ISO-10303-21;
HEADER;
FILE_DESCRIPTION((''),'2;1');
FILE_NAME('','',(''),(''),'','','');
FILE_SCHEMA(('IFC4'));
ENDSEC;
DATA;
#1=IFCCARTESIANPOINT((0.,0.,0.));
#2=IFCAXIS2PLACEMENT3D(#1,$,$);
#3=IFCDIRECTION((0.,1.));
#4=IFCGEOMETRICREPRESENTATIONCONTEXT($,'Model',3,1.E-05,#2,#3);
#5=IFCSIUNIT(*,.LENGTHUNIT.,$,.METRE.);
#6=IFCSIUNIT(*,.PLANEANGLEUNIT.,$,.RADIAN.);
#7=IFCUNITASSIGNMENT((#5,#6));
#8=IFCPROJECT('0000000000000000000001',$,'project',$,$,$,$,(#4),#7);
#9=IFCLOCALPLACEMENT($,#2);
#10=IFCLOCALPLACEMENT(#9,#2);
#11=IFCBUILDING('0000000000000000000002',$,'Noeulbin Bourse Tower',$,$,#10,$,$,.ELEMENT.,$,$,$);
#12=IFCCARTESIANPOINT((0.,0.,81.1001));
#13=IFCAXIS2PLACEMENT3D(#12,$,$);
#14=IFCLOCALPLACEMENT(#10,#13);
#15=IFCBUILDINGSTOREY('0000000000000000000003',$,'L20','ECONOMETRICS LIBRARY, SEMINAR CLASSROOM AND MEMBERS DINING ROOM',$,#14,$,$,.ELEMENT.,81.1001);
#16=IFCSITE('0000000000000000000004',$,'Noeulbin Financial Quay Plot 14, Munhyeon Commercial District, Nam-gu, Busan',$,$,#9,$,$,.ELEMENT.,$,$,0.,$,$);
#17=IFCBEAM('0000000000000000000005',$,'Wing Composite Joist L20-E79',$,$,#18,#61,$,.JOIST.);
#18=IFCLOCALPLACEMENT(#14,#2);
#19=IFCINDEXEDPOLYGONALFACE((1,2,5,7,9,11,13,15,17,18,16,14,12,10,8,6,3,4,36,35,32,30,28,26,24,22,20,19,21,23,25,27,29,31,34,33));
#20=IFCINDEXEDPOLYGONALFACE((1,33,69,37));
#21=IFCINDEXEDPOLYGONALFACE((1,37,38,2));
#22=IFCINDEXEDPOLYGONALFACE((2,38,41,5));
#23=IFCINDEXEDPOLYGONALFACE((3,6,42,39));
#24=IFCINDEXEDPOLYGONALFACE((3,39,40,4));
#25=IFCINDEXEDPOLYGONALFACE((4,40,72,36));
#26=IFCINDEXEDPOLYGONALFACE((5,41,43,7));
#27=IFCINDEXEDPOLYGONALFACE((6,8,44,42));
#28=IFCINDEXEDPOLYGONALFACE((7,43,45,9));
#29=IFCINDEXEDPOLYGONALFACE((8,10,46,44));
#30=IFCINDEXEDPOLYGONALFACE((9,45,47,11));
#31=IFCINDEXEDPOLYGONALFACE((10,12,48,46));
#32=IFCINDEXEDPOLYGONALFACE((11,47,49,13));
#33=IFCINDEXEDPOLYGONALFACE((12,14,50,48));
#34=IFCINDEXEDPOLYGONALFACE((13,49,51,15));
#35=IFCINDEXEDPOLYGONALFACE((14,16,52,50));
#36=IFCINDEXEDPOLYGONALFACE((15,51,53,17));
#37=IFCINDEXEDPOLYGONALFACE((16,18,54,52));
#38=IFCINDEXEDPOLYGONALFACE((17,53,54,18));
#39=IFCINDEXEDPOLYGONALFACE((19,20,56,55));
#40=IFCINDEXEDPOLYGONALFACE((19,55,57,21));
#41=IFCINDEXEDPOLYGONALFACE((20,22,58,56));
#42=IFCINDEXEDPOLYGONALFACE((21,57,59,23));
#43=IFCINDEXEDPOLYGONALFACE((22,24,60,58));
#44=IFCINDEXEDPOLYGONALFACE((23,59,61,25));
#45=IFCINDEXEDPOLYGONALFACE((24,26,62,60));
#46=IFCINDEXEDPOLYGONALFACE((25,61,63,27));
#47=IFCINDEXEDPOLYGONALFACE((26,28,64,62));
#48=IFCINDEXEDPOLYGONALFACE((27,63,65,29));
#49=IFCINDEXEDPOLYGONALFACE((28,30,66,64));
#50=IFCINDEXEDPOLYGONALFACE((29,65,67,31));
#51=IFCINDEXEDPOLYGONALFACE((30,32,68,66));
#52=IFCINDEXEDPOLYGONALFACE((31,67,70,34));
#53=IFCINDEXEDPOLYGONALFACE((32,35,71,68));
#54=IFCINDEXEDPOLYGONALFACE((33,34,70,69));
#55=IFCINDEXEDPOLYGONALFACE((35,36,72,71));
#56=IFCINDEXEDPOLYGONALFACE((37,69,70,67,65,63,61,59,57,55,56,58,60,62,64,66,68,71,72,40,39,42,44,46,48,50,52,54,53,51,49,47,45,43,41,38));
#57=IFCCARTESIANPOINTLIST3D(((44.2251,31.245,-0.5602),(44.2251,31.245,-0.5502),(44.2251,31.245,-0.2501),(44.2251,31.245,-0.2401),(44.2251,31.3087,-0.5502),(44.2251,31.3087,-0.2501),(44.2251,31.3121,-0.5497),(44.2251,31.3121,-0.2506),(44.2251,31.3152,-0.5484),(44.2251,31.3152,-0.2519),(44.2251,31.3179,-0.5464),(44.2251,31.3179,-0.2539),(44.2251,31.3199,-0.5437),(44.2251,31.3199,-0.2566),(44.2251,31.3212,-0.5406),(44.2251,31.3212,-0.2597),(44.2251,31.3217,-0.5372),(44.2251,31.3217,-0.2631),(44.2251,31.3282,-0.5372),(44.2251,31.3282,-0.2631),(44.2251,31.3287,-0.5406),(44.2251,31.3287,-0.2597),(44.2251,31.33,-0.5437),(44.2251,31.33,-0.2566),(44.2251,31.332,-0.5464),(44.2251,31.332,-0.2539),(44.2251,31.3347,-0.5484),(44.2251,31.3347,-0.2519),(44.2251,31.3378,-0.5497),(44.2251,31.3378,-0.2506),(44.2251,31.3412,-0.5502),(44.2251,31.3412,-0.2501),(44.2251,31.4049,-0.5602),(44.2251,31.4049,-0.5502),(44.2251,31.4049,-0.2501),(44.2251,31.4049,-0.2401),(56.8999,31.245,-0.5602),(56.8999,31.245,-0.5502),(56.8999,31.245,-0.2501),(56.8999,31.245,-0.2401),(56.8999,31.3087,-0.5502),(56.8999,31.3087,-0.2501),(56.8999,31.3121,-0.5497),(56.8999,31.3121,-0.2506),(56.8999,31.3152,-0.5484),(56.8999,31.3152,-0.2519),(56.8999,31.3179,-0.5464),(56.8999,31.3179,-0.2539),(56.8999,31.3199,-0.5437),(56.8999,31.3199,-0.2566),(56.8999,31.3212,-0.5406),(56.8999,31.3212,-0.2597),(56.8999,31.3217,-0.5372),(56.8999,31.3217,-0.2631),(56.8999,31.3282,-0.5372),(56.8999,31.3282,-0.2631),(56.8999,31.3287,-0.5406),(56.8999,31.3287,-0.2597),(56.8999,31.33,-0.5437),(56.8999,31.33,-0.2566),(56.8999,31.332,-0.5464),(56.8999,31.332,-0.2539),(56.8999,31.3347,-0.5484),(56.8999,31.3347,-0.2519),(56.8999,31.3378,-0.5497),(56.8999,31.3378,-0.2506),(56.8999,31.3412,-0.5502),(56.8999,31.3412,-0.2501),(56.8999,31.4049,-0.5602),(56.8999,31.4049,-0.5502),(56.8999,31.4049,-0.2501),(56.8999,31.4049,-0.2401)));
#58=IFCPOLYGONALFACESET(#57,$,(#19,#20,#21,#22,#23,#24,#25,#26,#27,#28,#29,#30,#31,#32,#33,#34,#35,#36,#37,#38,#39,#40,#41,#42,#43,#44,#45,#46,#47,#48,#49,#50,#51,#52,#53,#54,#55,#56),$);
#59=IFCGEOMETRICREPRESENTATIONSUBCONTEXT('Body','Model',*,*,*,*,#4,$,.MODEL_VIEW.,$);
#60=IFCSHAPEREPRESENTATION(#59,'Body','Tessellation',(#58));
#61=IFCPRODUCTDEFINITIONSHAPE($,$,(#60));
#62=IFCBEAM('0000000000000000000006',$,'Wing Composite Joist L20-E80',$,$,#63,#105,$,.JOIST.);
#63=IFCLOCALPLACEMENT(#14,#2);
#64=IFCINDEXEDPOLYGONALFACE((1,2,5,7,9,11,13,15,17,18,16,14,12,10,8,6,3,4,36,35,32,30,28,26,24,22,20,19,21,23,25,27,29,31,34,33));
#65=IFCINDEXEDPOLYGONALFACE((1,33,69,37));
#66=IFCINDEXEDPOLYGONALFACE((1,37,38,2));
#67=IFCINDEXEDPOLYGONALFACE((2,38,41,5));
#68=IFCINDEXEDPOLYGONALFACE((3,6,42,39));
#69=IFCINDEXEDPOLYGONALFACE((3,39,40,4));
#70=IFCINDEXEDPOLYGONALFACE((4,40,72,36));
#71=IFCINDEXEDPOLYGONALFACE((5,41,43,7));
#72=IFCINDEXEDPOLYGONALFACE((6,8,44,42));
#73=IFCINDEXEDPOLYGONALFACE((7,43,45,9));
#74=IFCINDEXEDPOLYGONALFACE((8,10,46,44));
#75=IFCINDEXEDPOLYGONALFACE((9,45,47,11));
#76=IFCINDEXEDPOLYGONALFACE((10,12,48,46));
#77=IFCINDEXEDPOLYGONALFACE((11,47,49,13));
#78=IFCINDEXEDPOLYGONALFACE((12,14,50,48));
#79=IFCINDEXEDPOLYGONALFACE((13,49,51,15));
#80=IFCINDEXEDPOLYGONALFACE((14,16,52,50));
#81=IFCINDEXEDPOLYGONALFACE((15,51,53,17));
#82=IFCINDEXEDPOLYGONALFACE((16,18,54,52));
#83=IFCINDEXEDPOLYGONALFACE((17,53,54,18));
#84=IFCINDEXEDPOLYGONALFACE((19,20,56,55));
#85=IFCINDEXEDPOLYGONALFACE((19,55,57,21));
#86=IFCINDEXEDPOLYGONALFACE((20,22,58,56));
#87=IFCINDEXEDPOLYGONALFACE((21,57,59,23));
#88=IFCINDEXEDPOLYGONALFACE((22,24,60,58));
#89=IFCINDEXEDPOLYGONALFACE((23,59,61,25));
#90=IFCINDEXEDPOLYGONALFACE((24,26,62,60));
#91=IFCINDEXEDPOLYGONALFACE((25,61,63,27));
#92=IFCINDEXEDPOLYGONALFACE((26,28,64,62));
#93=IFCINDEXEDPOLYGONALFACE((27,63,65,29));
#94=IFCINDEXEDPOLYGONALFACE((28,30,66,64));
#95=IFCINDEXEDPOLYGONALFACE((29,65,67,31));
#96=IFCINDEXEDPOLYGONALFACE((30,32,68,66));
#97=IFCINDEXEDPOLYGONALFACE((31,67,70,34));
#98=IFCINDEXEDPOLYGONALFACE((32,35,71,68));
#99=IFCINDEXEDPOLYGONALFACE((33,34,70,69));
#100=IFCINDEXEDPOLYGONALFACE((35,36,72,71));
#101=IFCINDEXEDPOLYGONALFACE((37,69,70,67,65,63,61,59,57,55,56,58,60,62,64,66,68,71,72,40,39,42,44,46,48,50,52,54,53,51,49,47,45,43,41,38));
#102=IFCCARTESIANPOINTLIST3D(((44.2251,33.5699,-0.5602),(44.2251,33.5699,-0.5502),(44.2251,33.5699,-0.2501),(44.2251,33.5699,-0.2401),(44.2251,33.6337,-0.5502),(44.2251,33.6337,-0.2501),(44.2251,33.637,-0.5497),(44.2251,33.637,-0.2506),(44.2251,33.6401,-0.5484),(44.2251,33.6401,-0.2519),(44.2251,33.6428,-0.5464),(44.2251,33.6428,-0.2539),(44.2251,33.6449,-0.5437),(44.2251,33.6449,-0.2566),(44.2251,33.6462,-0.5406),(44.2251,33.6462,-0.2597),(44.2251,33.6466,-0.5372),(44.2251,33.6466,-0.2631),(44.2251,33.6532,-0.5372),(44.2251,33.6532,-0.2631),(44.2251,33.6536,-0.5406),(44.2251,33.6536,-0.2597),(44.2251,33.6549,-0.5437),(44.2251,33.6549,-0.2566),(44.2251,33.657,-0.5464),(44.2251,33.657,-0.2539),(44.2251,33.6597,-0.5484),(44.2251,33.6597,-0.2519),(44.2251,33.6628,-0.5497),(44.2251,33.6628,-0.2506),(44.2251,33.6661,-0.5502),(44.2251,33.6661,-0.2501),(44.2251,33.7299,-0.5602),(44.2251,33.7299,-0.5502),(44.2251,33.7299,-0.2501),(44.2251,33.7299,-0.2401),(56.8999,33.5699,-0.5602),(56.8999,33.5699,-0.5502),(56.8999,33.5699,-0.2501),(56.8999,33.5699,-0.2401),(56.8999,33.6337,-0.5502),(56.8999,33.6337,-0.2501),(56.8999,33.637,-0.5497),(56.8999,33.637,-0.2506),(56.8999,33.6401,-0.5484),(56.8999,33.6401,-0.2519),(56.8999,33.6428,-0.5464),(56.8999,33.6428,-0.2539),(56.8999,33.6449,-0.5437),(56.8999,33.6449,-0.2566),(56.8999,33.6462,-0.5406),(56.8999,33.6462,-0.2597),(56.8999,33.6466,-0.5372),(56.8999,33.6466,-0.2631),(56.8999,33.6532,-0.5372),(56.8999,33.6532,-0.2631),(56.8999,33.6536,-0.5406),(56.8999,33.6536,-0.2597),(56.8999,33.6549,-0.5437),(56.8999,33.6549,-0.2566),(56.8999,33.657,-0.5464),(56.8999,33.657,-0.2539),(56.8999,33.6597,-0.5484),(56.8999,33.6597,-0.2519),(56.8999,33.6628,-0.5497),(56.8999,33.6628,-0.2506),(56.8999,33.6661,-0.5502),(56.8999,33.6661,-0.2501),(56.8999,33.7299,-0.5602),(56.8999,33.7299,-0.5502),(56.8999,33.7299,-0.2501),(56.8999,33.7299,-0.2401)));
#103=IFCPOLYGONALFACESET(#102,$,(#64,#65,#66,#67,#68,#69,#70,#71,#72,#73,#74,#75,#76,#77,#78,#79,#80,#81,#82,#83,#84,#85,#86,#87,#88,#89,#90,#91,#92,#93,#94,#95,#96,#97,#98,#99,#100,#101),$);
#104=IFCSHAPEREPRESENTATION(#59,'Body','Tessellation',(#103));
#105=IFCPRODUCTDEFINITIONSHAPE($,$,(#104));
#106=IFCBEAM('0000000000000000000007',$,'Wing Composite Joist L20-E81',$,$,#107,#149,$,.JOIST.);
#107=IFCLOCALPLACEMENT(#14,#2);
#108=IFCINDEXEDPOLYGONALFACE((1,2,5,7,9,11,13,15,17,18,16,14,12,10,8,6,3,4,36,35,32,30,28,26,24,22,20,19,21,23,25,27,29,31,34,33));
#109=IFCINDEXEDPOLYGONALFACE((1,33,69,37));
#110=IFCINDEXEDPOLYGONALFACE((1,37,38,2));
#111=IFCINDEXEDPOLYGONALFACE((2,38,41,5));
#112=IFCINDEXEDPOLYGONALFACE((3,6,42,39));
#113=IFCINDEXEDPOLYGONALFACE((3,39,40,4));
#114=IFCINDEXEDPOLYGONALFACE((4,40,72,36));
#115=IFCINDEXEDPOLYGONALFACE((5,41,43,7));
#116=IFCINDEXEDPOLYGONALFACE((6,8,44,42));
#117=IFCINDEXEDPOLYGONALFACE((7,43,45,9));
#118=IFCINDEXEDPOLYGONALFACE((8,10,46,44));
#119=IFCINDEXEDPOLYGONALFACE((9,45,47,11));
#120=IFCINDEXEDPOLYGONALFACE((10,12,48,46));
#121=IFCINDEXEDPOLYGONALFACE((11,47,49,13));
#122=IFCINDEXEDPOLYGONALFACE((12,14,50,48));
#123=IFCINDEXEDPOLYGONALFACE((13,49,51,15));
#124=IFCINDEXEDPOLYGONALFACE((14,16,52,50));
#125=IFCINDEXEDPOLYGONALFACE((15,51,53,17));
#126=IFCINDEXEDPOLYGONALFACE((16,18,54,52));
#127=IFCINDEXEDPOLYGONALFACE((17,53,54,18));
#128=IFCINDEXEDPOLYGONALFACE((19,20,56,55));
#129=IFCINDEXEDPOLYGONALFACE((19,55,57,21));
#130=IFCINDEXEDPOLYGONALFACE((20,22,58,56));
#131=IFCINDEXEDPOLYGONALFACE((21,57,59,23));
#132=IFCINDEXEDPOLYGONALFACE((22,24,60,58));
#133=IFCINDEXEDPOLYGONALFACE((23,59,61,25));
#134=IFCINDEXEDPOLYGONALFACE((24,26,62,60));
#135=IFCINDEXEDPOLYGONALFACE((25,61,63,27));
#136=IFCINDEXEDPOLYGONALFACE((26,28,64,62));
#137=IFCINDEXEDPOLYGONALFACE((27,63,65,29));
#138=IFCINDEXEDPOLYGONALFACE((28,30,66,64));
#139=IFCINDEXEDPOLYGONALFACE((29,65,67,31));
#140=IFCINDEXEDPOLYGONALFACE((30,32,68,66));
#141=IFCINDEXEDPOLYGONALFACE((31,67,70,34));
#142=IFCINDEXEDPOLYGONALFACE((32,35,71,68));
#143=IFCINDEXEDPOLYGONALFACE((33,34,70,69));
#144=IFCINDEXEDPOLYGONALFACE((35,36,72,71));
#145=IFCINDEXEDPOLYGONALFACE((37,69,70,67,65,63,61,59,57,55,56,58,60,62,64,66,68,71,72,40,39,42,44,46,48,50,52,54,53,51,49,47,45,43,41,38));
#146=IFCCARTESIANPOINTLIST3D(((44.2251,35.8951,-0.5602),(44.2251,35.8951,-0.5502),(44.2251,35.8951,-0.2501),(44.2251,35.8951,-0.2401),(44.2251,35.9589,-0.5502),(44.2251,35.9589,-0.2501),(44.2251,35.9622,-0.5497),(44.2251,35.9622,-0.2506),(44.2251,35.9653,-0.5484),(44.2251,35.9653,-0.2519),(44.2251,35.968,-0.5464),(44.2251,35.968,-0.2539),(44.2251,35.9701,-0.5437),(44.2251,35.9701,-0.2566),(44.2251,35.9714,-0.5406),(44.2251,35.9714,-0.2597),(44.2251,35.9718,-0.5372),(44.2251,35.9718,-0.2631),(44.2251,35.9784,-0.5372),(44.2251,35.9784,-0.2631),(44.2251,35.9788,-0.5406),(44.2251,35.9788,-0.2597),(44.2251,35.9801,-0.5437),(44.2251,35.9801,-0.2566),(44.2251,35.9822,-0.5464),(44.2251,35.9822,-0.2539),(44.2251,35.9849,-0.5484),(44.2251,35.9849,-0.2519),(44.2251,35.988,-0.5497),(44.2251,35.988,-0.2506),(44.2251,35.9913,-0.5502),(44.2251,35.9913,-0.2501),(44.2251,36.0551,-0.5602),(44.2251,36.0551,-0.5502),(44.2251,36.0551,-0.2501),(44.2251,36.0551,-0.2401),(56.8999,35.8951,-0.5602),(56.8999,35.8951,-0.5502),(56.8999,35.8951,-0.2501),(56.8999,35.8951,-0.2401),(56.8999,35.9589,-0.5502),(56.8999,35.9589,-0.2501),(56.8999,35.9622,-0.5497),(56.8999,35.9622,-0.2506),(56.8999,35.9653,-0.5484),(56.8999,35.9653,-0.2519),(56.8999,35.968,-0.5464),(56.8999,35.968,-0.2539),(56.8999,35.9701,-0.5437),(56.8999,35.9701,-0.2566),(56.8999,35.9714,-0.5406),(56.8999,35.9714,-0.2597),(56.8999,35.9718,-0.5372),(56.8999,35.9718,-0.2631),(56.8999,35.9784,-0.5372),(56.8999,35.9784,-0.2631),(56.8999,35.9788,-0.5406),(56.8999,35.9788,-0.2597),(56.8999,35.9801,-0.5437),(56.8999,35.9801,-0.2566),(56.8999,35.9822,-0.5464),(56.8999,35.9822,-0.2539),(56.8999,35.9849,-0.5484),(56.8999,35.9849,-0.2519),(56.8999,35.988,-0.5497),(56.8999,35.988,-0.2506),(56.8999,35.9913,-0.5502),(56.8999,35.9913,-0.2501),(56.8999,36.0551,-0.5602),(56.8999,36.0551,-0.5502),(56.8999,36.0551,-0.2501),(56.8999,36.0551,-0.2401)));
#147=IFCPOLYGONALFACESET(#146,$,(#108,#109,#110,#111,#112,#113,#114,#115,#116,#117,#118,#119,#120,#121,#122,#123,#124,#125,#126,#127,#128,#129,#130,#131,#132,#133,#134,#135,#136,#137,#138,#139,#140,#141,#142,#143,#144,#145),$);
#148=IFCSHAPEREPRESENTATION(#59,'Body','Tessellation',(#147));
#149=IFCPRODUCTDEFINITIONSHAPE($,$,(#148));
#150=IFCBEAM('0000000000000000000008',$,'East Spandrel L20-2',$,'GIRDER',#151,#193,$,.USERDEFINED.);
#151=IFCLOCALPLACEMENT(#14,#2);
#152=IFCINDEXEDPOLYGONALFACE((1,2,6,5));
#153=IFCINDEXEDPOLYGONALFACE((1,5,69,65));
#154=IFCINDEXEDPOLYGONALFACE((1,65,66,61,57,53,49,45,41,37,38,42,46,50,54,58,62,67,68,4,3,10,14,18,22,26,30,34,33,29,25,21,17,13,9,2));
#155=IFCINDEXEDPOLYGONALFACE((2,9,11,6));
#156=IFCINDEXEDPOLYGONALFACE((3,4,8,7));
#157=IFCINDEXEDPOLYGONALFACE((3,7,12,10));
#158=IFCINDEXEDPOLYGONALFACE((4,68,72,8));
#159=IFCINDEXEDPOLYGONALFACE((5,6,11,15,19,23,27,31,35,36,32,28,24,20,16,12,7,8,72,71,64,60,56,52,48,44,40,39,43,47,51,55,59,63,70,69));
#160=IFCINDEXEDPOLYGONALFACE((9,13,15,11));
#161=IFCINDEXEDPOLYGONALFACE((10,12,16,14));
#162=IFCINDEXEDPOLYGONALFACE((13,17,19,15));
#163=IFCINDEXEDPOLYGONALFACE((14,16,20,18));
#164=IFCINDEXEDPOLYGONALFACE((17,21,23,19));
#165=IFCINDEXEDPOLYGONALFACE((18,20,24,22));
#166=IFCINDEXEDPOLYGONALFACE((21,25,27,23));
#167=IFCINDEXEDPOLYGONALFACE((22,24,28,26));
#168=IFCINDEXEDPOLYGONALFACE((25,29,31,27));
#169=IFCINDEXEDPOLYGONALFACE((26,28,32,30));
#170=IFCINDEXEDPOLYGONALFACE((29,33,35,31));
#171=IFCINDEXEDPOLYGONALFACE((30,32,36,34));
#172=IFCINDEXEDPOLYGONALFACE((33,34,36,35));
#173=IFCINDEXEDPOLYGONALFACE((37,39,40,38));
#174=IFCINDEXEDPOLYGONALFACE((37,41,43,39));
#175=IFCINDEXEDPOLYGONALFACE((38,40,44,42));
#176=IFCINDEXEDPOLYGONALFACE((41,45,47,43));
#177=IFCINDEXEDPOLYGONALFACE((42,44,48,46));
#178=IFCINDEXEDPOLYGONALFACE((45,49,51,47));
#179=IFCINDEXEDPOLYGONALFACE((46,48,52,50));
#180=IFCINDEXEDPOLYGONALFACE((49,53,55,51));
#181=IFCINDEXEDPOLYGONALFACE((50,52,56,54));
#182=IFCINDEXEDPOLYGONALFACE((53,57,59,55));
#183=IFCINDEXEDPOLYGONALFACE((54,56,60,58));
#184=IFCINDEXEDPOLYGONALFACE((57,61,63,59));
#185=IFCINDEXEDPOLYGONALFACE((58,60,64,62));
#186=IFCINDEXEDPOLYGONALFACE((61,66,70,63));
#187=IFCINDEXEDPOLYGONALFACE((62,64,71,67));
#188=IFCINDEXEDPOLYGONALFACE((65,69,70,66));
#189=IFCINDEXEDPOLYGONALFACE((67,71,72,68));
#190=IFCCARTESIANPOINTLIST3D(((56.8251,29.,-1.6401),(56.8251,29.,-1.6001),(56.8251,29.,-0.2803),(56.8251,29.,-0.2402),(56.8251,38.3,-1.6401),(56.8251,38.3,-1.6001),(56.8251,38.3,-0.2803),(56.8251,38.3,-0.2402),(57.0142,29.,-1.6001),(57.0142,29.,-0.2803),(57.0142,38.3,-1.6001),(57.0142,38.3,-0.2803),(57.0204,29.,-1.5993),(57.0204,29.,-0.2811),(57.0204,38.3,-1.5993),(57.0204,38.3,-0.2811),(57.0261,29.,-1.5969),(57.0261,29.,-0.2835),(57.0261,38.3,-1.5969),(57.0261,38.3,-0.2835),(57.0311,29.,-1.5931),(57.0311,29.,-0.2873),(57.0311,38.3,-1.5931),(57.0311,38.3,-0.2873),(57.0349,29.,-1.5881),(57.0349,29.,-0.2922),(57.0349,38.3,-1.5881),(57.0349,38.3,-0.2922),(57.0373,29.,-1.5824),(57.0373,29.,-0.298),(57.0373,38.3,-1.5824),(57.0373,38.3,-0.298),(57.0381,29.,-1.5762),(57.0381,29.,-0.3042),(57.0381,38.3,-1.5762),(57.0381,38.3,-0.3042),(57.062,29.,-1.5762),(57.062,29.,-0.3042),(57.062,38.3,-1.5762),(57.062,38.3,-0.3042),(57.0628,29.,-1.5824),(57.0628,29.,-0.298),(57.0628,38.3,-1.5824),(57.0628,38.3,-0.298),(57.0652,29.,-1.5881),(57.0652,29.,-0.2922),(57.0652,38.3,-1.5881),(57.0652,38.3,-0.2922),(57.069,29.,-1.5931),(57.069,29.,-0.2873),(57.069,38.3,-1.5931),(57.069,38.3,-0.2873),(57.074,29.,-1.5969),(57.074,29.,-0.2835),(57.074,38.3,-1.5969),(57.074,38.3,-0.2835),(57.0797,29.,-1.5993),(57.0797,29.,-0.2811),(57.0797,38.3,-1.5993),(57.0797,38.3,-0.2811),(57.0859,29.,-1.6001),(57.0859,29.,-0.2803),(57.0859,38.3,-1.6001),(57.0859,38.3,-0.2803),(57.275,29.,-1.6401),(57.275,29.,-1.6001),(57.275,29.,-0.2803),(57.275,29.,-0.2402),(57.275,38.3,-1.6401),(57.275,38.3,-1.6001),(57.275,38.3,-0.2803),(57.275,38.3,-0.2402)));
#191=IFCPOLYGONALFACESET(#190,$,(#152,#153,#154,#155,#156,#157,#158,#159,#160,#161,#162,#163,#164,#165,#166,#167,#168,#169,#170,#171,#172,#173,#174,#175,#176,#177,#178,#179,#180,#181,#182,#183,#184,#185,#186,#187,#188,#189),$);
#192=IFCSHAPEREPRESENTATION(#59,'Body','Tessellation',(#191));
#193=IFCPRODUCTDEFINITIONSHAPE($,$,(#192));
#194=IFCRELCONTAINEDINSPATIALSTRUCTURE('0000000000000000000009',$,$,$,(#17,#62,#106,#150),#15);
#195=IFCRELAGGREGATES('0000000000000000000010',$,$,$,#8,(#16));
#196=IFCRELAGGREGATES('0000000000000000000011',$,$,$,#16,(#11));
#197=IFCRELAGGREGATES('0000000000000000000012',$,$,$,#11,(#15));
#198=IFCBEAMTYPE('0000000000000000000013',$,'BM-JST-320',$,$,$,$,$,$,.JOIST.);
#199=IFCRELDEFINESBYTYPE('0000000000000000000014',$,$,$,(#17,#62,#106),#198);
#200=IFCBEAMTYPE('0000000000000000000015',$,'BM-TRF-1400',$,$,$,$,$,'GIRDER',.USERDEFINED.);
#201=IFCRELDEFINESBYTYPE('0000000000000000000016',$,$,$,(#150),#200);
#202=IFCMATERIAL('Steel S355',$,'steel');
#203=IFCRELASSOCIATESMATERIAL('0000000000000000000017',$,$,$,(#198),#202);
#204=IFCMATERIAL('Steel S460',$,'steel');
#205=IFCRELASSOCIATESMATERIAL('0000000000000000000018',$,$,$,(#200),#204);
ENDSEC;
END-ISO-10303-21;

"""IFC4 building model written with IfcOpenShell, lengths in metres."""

from ifc_helpers import new_model, si_unit, direction, frame, origin, origin_2d, place, context, subcontext, project, spatial, i_section, extrude, material, material_profile, profile_set, type_object, element, save


model = new_model("IFC4")

# Units and contexts
model_context = context("Model", 3, precision=1e-05, world=origin(), true_north=direction((0.0, 1.0)))
body_context = subcontext(model_context, "Body", "Model", "MODEL_VIEW")
ifc_project = project(units=[si_unit("LENGTHUNIT", "METRE"), si_unit("PLANEANGLEUNIT", "RADIAN")], contexts=[model_context])

# Site, building, storey
site_placement = place(None, origin())
site = spatial("IfcSite", under=ifc_project, at=site_placement, Name="Noeulbin Financial Quay Plot 14, Munhyeon Commercial District, Nam-gu, Busan", CompositionType="ELEMENT", RefElevation=0.0)
building_placement = place(site_placement, origin())
building = spatial("IfcBuilding", under=site, at=building_placement, Name="Noeulbin Bourse Tower", CompositionType="ELEMENT")
storey_placement = place(building_placement, frame((0.0, 0.0, 81.1001)))
storey = spatial("IfcBuildingStorey", under=building, at=storey_placement, Name="L20", Description="ECONOMETRICS LIBRARY, SEMINAR CLASSROOM AND MEMBERS DINING ROOM", CompositionType="ELEMENT", Elevation=81.1001)

# Shared definitions
ifc_material_1 = material(Name="Steel S460", Category="steel")

# Beams
ifc_material_2 = material(Name="Steel S355", Category="steel")
ifc_material_profile_1 = material_profile(ifc_material_2, i_section(OverallWidth=0.1599, OverallDepth=0.3201, WebThickness=0.0066, FlangeThickness=0.01, FilletRadius=0.0129, at=origin_2d()), Name="H-320x160x6.5x10", Category="LoadBearing")
ifc_profile_set_1 = profile_set([ifc_material_profile_1], Name="Steel S355")
beam_type_1 = type_object("IfcBeamType", Name="BM-JST-320", PredefinedType="JOIST", material=ifc_profile_set_1)
for number, where, z_axis, x_axis, name in (
    (1, (44.2251, 31.325, -0.4001), (1.0, 0.0, 0.0), (0.0, 1.0, 0.0), "Wing Composite Joist L20-E79"),
    (2, (44.2251, 33.6499, -0.4001), (1.0, 0.0, 0.0), (0.0, 1.0, 0.0), "Wing Composite Joist L20-E80"),
    (3, (44.2251, 35.9751, -0.4001), (1.0, 0.0, 0.0), (0.0, 1.0, 0.0), "Wing Composite Joist L20-E81"),
):
    element("IfcBeam", number, at=place(storey_placement, frame(where, z_axis=z_axis, x_axis=x_axis)), inside=storey, type_object=beam_type_1, Name=name, PredefinedType="JOIST", context=body_context, shape_type="SweptSolid", body=[
        extrude(i_section(OverallWidth=0.1599, OverallDepth=0.3201, WebThickness=0.0066, FlangeThickness=0.01, FilletRadius=0.0129, at=origin_2d()), origin(), (0.0, 0.0, 1.0), 12.6748),
    ])
ifc_material_profile_2 = material_profile(ifc_material_1, i_section(OverallWidth=0.45, OverallDepth=1.3999, WebThickness=0.0239, FlangeThickness=0.04, FilletRadius=0.0239, at=origin_2d()), Name="PG-1400x450x24x40", Category="LoadBearing")
ifc_profile_set_2 = profile_set([ifc_material_profile_2], Name="Steel S460")
beam_type_2 = type_object("IfcBeamType", Name="BM-TRF-1400", ElementType="GIRDER", PredefinedType="USERDEFINED", material=ifc_profile_set_2)
beam_placement = place(storey_placement, frame((57.05, 29.0, -0.9402), z_axis=(0.0, 1.0, 0.0), x_axis=(-1.0, 0.0, 0.0)))
element("IfcBeam", 4, at=beam_placement, inside=storey, type_object=beam_type_2, Name="East Spandrel L20-2", ObjectType="GIRDER", PredefinedType="USERDEFINED", context=body_context, shape_type="SweptSolid", body=[
    extrude(i_section(OverallWidth=0.45, OverallDepth=1.3999, WebThickness=0.0239, FlangeThickness=0.04, FilletRadius=0.0239, at=origin_2d()), origin(), (0.0, 0.0, 1.0), 9.3),
])

save(model, "model.ifc")
